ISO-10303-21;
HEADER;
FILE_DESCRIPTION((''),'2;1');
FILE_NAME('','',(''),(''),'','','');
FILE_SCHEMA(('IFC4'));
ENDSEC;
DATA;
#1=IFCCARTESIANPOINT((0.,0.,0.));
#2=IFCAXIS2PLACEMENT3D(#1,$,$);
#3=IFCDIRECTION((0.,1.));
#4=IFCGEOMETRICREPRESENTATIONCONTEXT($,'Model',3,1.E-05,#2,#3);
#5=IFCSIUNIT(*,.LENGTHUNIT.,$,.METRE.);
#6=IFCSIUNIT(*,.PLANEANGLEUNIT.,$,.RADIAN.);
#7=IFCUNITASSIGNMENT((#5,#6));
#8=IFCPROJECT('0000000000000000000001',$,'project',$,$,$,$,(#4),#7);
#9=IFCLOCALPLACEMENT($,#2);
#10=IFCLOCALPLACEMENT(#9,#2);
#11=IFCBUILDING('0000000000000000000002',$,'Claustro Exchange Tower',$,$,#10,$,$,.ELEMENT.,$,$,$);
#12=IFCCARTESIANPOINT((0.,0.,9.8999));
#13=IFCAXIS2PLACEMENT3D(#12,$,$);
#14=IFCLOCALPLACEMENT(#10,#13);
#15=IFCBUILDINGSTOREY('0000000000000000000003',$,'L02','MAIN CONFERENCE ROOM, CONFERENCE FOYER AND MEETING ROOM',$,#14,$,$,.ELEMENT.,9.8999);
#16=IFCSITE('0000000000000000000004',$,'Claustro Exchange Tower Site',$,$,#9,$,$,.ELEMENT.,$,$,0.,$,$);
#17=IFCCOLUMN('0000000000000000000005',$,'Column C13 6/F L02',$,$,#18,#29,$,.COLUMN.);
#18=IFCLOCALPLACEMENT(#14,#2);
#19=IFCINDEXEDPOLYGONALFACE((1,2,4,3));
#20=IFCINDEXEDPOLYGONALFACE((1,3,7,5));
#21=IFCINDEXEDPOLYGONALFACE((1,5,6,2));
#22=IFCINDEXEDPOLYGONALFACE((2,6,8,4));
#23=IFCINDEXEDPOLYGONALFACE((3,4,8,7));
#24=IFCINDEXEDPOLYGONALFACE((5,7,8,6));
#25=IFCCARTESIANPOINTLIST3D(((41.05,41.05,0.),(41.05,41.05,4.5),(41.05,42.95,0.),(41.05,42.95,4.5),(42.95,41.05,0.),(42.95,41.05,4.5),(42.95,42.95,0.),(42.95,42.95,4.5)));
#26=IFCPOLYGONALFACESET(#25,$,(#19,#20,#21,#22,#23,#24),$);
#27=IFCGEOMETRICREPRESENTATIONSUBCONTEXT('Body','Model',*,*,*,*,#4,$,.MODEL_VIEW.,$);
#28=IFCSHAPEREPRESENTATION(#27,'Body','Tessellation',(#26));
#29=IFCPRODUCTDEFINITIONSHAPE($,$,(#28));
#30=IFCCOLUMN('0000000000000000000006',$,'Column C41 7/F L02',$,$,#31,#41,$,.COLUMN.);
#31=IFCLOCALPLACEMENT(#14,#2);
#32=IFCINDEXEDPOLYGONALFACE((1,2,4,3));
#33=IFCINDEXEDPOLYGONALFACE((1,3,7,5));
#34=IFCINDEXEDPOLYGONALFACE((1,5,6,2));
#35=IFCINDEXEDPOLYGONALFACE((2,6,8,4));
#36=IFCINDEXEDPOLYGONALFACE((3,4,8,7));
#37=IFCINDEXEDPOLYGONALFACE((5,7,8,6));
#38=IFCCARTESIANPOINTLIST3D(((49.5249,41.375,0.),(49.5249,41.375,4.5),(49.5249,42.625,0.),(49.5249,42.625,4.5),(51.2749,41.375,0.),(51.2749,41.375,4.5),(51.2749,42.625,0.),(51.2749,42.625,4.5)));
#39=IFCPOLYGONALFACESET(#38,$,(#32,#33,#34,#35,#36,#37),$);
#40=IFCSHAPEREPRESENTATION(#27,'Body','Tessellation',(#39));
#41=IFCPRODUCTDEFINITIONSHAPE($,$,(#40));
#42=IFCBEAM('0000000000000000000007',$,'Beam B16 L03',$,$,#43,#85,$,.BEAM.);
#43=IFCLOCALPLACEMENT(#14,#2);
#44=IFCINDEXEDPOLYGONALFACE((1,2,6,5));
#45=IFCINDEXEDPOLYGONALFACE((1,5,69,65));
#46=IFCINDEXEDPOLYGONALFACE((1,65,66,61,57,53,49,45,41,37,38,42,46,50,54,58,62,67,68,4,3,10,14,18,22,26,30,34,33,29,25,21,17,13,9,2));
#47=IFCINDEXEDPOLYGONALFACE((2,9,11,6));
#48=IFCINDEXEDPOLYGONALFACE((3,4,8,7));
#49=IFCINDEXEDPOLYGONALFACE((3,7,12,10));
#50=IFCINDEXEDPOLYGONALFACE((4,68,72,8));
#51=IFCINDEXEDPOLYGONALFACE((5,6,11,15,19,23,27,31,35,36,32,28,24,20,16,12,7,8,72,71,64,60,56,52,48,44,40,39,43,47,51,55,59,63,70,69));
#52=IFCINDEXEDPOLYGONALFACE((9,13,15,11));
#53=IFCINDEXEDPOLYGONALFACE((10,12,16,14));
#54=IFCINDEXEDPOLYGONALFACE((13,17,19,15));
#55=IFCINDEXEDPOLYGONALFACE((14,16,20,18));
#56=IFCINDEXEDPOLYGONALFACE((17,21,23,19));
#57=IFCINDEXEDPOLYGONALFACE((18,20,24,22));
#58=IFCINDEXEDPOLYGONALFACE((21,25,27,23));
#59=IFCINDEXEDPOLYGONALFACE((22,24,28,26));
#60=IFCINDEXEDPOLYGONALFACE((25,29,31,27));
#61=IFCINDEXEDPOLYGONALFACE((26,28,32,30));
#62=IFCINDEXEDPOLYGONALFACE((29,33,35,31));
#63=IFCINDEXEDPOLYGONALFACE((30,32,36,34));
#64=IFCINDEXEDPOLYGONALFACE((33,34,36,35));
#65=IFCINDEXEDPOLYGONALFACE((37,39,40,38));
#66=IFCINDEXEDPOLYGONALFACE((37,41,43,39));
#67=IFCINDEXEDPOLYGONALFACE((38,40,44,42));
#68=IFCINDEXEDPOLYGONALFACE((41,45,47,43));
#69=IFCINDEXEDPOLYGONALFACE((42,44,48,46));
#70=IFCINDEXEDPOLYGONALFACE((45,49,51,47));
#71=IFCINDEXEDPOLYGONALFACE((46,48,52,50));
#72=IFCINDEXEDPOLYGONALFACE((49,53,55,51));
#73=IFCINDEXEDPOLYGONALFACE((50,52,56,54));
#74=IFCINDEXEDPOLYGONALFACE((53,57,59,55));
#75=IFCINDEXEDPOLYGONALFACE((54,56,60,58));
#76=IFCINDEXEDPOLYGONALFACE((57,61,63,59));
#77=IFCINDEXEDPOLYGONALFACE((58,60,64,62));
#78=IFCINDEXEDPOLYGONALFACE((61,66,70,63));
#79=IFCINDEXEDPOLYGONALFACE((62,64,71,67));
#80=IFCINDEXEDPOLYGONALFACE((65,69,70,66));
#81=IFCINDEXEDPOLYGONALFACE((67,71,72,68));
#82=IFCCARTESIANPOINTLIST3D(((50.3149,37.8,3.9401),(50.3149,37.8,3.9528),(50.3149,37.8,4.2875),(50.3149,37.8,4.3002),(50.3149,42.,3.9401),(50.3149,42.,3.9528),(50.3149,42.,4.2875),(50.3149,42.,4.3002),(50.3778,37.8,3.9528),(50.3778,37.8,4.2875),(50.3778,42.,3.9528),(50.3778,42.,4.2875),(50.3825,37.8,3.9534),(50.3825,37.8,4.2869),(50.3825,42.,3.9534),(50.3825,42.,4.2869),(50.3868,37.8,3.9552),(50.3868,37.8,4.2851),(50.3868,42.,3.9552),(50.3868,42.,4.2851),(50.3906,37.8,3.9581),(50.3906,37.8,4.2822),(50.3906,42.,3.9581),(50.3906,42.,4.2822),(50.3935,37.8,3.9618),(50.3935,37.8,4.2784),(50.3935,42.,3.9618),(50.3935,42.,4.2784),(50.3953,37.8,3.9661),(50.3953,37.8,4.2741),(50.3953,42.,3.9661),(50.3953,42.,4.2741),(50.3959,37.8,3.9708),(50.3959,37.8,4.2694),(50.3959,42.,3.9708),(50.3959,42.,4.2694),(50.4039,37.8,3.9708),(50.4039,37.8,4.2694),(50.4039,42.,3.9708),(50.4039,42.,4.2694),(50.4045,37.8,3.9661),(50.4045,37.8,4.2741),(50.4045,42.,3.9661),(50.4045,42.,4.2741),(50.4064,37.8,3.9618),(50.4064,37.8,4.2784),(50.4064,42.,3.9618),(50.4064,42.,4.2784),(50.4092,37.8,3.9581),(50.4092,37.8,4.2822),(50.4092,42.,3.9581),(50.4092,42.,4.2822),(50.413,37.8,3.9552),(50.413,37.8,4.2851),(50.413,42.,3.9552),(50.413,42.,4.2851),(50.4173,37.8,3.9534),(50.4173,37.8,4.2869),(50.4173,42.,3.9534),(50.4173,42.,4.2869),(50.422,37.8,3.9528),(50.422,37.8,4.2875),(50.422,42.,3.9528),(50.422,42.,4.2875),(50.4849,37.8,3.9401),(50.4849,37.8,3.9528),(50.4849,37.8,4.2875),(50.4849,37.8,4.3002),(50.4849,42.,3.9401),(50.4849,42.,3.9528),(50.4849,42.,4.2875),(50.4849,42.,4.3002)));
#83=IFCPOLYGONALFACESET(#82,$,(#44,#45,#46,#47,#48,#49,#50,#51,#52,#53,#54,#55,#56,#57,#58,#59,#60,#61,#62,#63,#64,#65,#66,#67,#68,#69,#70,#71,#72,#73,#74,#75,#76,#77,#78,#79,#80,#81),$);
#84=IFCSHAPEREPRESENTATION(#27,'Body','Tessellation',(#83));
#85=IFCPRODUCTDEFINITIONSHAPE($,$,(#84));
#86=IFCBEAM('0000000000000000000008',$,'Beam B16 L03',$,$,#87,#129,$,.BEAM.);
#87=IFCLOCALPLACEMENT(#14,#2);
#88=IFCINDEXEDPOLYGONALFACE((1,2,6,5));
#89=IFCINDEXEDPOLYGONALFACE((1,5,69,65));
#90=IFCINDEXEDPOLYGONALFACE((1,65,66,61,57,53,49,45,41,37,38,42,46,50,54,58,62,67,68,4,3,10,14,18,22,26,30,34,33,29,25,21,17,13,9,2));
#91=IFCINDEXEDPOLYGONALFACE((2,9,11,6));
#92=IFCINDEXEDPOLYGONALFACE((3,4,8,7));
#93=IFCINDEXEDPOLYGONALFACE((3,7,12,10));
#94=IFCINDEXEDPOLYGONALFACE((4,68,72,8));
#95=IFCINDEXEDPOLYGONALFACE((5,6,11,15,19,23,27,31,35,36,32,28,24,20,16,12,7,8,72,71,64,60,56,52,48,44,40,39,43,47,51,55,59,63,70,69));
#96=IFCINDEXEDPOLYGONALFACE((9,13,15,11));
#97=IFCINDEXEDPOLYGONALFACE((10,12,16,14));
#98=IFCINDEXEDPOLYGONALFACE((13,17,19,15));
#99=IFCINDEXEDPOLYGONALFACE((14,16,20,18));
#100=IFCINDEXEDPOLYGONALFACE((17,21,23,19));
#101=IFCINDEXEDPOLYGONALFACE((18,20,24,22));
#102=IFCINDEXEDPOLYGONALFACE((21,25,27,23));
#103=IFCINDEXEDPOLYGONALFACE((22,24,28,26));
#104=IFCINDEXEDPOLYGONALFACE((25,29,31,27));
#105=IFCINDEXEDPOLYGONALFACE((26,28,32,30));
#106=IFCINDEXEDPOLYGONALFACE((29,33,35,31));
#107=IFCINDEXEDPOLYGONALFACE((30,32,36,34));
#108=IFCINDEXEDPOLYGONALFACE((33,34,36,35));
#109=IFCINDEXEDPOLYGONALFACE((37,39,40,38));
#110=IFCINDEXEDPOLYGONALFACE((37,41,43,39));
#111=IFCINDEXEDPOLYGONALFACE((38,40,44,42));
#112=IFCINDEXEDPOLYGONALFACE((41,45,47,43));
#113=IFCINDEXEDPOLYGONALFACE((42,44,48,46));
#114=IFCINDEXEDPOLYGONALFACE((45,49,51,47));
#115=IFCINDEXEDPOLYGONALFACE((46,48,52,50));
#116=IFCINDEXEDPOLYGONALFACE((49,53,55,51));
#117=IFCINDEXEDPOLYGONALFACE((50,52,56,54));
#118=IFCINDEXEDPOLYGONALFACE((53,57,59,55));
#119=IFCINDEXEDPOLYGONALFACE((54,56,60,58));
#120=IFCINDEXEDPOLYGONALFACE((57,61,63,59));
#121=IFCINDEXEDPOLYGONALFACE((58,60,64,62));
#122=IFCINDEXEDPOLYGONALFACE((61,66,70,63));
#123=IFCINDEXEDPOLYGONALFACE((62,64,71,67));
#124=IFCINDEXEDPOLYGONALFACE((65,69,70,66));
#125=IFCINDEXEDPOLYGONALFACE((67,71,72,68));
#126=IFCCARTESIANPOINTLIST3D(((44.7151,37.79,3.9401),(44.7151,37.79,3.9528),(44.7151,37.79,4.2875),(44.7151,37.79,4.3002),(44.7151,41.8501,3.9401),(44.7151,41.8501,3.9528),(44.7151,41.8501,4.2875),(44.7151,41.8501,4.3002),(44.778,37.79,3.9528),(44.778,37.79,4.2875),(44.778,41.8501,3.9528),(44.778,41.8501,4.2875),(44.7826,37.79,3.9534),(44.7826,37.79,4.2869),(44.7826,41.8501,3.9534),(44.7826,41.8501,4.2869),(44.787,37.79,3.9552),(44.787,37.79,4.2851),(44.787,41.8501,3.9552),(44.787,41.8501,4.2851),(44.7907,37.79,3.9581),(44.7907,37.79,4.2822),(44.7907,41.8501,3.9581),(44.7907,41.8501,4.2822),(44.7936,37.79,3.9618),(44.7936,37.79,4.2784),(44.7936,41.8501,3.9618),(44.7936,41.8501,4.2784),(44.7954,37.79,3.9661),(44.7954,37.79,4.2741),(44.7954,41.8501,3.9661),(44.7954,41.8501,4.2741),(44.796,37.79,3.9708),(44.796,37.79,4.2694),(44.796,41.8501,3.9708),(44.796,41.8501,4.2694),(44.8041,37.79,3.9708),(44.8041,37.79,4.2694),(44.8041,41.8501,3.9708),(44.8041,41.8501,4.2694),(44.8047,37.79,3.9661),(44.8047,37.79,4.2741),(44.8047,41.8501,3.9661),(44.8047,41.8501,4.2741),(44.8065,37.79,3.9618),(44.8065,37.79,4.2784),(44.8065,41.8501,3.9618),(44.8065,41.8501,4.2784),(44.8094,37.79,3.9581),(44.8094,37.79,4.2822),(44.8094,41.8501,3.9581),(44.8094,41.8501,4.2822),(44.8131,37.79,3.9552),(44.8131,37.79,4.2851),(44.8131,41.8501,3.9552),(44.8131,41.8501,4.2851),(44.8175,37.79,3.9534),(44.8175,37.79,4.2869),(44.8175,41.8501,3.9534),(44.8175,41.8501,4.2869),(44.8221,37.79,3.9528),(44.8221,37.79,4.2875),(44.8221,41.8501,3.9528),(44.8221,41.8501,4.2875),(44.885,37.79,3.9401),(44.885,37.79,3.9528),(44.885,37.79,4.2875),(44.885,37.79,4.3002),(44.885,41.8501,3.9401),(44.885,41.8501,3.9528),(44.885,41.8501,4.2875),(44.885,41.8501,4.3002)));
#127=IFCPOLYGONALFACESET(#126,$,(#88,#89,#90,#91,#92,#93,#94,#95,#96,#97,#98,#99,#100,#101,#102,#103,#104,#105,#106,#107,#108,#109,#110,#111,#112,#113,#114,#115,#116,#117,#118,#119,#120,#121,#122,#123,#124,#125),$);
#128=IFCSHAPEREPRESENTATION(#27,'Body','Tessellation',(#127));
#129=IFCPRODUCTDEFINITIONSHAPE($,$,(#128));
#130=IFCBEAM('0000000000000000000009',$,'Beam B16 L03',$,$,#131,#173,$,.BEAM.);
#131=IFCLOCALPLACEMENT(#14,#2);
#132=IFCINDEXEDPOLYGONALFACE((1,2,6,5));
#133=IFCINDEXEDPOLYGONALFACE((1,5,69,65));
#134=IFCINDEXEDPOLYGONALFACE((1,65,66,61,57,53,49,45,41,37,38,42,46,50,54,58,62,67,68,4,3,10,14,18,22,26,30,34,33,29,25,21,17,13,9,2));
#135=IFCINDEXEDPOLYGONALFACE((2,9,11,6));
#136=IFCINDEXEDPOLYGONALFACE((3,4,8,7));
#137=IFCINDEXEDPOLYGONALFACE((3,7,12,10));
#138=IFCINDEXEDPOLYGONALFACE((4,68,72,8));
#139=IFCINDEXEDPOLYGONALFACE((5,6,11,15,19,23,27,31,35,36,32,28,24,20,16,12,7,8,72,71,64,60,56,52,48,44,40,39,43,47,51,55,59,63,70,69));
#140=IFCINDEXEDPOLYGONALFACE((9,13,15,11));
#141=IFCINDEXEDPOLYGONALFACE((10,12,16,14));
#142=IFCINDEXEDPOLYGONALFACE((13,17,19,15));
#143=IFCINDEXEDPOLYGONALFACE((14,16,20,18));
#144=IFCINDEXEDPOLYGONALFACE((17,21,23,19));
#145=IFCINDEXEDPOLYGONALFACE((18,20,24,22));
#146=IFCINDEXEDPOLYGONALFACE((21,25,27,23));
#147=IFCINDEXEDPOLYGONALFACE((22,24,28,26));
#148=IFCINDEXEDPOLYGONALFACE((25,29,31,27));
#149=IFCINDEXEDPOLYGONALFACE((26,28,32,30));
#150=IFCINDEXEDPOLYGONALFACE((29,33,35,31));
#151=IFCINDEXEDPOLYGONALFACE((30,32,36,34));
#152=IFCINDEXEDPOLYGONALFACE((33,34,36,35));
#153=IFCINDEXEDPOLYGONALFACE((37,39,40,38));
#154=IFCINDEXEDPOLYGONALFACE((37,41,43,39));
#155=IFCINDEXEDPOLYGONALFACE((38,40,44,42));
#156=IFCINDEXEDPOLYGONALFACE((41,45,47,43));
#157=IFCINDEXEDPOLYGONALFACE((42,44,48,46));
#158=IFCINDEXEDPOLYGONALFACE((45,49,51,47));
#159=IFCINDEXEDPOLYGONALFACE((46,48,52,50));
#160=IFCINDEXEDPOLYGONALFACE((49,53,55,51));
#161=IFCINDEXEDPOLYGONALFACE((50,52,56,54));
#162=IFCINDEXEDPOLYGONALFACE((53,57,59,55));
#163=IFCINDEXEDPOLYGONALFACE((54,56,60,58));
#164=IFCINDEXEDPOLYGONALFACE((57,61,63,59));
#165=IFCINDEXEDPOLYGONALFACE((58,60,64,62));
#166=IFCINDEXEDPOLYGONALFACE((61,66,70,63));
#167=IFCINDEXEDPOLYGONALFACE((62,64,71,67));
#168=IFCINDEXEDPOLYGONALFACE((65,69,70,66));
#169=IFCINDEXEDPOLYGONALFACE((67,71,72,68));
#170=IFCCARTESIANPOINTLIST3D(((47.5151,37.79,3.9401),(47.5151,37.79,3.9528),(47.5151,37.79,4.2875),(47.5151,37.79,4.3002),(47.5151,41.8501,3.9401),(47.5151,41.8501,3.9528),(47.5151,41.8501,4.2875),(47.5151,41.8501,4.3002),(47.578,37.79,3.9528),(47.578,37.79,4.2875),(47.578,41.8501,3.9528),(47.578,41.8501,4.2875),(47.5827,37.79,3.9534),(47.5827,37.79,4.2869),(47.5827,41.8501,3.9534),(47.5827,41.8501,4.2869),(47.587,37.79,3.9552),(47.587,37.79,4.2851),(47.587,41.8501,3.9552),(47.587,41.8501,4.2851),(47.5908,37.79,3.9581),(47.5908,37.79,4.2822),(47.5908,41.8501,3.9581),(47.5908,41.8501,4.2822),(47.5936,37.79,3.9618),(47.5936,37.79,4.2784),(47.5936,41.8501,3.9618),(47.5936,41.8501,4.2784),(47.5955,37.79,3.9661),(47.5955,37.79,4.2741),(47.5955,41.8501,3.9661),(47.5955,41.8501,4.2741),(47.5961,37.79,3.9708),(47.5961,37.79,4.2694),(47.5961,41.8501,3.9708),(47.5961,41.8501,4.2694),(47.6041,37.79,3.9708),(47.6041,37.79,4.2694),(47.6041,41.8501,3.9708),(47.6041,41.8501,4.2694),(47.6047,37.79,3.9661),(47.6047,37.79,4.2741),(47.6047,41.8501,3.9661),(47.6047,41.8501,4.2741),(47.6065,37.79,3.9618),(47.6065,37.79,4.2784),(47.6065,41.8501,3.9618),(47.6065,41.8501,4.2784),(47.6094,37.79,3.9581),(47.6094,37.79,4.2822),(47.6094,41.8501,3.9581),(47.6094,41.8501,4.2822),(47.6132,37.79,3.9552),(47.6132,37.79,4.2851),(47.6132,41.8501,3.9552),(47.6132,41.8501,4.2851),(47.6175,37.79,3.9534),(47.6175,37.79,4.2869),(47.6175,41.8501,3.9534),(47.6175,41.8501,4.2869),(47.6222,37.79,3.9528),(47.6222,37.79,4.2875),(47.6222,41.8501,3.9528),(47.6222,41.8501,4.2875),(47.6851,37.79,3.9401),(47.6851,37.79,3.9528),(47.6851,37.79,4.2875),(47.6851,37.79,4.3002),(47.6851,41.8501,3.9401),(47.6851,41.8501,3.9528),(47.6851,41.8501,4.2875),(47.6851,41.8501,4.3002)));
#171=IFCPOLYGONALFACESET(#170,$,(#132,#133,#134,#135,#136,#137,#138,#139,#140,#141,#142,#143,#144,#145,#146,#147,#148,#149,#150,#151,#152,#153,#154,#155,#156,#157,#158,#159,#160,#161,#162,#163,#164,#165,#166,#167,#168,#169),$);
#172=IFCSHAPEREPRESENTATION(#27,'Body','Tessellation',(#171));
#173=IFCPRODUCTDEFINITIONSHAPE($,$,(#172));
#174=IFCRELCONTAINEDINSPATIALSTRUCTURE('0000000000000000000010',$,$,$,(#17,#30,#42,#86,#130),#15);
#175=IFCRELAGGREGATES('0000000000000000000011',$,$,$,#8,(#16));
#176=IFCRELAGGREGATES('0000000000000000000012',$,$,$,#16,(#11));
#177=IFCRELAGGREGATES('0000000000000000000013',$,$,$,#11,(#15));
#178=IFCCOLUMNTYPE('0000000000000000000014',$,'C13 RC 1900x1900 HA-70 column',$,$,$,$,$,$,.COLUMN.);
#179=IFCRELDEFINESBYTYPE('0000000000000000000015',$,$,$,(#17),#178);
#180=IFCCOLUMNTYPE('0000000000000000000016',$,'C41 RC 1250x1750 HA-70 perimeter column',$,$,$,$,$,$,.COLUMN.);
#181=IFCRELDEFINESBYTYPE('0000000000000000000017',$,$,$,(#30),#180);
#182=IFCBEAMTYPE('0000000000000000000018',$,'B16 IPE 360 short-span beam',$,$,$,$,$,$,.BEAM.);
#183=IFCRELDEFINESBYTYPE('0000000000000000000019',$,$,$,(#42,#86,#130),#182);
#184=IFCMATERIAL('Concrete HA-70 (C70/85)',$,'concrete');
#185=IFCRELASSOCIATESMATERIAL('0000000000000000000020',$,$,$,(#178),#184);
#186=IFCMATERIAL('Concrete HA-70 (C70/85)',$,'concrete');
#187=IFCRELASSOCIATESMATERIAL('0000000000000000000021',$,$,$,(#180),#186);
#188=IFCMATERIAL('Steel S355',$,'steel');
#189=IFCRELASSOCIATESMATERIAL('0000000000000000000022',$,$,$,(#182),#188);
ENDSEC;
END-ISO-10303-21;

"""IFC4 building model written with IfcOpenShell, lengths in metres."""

from ifc_helpers import new_model, si_unit, direction, frame, origin, origin_2d, place, context, subcontext, project, spatial, rectangle, i_section, extrude, material, material_profile, profile_set, type_object, element, save


model = new_model("IFC4")

# Units and contexts
model_context = context("Model", 3, precision=1e-05, world=origin(), true_north=direction((0.0, 1.0)))
body_context = subcontext(model_context, "Body", "Model", "MODEL_VIEW")
ifc_project = project(units=[si_unit("LENGTHUNIT", "METRE"), si_unit("PLANEANGLEUNIT", "RADIAN")], contexts=[model_context])

# Site, building, storey
site_placement = place(None, origin())
site = spatial("IfcSite", under=ifc_project, at=site_placement, Name="Claustro Exchange Tower Site", CompositionType="ELEMENT", RefElevation=0.0)
building_placement = place(site_placement, origin())
building = spatial("IfcBuilding", under=site, at=building_placement, Name="Claustro Exchange Tower", CompositionType="ELEMENT")
storey_placement = place(building_placement, frame((0.0, 0.0, 9.8999)))
storey = spatial("IfcBuildingStorey", under=building, at=storey_placement, Name="L02", Description="MAIN CONFERENCE ROOM, CONFERENCE FOYER AND MEETING ROOM", CompositionType="ELEMENT", Elevation=9.8999)

# Columns
ifc_material_1 = material(Name="Concrete HA-70 (C70/85)", Category="concrete")
ifc_material_profile_1 = material_profile(ifc_material_1, rectangle(XDim=1.8999, YDim=1.8999, at=origin_2d()), Name="RC 1900x1900")
ifc_profile_set_1 = profile_set([ifc_material_profile_1], Name="Concrete HA-70 (C70/85)")
column_type_1 = type_object("IfcColumnType", Name="C13 RC 1900x1900 HA-70 column", PredefinedType="COLUMN", material=ifc_profile_set_1)
column_1_placement = place(storey_placement, frame((42.0, 42.0, 0.0), z_axis=(0.0, 0.0, 1.0), x_axis=(1.0, 0.0, 0.0)))
element("IfcColumn", 1, at=column_1_placement, inside=storey, type_object=column_type_1, Name="Column C13 6/F L02", PredefinedType="COLUMN", context=body_context, shape_type="SweptSolid", body=[
    extrude(rectangle(XDim=1.8999, YDim=1.8999, at=origin_2d()), origin(), (0.0, 0.0, 1.0), 4.5),
])
ifc_material_2 = material(Name="Concrete HA-70 (C70/85)", Category="concrete")
ifc_material_profile_2 = material_profile(ifc_material_2, rectangle(XDim=1.25, YDim=1.75, at=origin_2d()), Name="RC 1250x1750")
ifc_profile_set_2 = profile_set([ifc_material_profile_2], Name="Concrete HA-70 (C70/85)")
column_type_2 = type_object("IfcColumnType", Name="C41 RC 1250x1750 HA-70 perimeter column", PredefinedType="COLUMN", material=ifc_profile_set_2)
column_2_placement = place(storey_placement, frame((50.3999, 42.0, 0.0), z_axis=(0.0, 0.0, 1.0), x_axis=(0.0, 1.0, 0.0)))
element("IfcColumn", 2, at=column_2_placement, inside=storey, type_object=column_type_2, Name="Column C41 7/F L02", PredefinedType="COLUMN", context=body_context, shape_type="SweptSolid", body=[
    extrude(rectangle(XDim=1.25, YDim=1.75, at=origin_2d()), origin(), (0.0, 0.0, 1.0), 4.5),
])

# Beams
ifc_material_3 = material(Name="Steel S355", Category="steel")
ifc_material_profile_3 = material_profile(ifc_material_3, i_section(OverallWidth=0.1699, OverallDepth=0.3601, WebThickness=0.0081, FlangeThickness=0.0127, FilletRadius=0.0181, at=origin_2d()), Name="IPE 360")
ifc_profile_set_3 = profile_set([ifc_material_profile_3], Name="Steel S355")
beam_type_1 = type_object("IfcBeamType", Name="B16 IPE 360 short-span beam", PredefinedType="BEAM", material=ifc_profile_set_3)
beam_1_placement = place(storey_placement, frame((50.3999, 37.8, 4.1201), z_axis=(0.0, 1.0, 0.0), x_axis=(-1.0, 0.0, 0.0)))
element("IfcBeam", 3, at=beam_1_placement, inside=storey, type_object=beam_type_1, Name="Beam B16 L03", PredefinedType="BEAM", context=body_context, shape_type="SweptSolid", body=[
    extrude(i_section(OverallWidth=0.1699, OverallDepth=0.3601, WebThickness=0.0081, FlangeThickness=0.0127, FilletRadius=0.0181, at=origin_2d()), origin(), (0.0, 0.0, 1.0), 4.2),
])
for number, where, z_axis, x_axis, name in (
    (4, (44.8, 37.79, 4.1201), (0.0, 1.0, 0.0), (-1.0, 0.0, 0.0), "Beam B16 L03"),
    (5, (47.6001, 37.79, 4.1201), (0.0, 1.0, 0.0), (-1.0, 0.0, 0.0), "Beam B16 L03"),
):
    element("IfcBeam", number, at=place(storey_placement, frame(where, z_axis=z_axis, x_axis=x_axis)), inside=storey, type_object=beam_type_1, Name=name, PredefinedType="BEAM", context=body_context, shape_type="SweptSolid", body=[
        extrude(i_section(OverallWidth=0.1699, OverallDepth=0.3601, WebThickness=0.0081, FlangeThickness=0.0127, FilletRadius=0.0181, at=origin_2d()), origin(), (0.0, 0.0, 1.0), 4.0601),
    ])

save(model, "model.ifc")
